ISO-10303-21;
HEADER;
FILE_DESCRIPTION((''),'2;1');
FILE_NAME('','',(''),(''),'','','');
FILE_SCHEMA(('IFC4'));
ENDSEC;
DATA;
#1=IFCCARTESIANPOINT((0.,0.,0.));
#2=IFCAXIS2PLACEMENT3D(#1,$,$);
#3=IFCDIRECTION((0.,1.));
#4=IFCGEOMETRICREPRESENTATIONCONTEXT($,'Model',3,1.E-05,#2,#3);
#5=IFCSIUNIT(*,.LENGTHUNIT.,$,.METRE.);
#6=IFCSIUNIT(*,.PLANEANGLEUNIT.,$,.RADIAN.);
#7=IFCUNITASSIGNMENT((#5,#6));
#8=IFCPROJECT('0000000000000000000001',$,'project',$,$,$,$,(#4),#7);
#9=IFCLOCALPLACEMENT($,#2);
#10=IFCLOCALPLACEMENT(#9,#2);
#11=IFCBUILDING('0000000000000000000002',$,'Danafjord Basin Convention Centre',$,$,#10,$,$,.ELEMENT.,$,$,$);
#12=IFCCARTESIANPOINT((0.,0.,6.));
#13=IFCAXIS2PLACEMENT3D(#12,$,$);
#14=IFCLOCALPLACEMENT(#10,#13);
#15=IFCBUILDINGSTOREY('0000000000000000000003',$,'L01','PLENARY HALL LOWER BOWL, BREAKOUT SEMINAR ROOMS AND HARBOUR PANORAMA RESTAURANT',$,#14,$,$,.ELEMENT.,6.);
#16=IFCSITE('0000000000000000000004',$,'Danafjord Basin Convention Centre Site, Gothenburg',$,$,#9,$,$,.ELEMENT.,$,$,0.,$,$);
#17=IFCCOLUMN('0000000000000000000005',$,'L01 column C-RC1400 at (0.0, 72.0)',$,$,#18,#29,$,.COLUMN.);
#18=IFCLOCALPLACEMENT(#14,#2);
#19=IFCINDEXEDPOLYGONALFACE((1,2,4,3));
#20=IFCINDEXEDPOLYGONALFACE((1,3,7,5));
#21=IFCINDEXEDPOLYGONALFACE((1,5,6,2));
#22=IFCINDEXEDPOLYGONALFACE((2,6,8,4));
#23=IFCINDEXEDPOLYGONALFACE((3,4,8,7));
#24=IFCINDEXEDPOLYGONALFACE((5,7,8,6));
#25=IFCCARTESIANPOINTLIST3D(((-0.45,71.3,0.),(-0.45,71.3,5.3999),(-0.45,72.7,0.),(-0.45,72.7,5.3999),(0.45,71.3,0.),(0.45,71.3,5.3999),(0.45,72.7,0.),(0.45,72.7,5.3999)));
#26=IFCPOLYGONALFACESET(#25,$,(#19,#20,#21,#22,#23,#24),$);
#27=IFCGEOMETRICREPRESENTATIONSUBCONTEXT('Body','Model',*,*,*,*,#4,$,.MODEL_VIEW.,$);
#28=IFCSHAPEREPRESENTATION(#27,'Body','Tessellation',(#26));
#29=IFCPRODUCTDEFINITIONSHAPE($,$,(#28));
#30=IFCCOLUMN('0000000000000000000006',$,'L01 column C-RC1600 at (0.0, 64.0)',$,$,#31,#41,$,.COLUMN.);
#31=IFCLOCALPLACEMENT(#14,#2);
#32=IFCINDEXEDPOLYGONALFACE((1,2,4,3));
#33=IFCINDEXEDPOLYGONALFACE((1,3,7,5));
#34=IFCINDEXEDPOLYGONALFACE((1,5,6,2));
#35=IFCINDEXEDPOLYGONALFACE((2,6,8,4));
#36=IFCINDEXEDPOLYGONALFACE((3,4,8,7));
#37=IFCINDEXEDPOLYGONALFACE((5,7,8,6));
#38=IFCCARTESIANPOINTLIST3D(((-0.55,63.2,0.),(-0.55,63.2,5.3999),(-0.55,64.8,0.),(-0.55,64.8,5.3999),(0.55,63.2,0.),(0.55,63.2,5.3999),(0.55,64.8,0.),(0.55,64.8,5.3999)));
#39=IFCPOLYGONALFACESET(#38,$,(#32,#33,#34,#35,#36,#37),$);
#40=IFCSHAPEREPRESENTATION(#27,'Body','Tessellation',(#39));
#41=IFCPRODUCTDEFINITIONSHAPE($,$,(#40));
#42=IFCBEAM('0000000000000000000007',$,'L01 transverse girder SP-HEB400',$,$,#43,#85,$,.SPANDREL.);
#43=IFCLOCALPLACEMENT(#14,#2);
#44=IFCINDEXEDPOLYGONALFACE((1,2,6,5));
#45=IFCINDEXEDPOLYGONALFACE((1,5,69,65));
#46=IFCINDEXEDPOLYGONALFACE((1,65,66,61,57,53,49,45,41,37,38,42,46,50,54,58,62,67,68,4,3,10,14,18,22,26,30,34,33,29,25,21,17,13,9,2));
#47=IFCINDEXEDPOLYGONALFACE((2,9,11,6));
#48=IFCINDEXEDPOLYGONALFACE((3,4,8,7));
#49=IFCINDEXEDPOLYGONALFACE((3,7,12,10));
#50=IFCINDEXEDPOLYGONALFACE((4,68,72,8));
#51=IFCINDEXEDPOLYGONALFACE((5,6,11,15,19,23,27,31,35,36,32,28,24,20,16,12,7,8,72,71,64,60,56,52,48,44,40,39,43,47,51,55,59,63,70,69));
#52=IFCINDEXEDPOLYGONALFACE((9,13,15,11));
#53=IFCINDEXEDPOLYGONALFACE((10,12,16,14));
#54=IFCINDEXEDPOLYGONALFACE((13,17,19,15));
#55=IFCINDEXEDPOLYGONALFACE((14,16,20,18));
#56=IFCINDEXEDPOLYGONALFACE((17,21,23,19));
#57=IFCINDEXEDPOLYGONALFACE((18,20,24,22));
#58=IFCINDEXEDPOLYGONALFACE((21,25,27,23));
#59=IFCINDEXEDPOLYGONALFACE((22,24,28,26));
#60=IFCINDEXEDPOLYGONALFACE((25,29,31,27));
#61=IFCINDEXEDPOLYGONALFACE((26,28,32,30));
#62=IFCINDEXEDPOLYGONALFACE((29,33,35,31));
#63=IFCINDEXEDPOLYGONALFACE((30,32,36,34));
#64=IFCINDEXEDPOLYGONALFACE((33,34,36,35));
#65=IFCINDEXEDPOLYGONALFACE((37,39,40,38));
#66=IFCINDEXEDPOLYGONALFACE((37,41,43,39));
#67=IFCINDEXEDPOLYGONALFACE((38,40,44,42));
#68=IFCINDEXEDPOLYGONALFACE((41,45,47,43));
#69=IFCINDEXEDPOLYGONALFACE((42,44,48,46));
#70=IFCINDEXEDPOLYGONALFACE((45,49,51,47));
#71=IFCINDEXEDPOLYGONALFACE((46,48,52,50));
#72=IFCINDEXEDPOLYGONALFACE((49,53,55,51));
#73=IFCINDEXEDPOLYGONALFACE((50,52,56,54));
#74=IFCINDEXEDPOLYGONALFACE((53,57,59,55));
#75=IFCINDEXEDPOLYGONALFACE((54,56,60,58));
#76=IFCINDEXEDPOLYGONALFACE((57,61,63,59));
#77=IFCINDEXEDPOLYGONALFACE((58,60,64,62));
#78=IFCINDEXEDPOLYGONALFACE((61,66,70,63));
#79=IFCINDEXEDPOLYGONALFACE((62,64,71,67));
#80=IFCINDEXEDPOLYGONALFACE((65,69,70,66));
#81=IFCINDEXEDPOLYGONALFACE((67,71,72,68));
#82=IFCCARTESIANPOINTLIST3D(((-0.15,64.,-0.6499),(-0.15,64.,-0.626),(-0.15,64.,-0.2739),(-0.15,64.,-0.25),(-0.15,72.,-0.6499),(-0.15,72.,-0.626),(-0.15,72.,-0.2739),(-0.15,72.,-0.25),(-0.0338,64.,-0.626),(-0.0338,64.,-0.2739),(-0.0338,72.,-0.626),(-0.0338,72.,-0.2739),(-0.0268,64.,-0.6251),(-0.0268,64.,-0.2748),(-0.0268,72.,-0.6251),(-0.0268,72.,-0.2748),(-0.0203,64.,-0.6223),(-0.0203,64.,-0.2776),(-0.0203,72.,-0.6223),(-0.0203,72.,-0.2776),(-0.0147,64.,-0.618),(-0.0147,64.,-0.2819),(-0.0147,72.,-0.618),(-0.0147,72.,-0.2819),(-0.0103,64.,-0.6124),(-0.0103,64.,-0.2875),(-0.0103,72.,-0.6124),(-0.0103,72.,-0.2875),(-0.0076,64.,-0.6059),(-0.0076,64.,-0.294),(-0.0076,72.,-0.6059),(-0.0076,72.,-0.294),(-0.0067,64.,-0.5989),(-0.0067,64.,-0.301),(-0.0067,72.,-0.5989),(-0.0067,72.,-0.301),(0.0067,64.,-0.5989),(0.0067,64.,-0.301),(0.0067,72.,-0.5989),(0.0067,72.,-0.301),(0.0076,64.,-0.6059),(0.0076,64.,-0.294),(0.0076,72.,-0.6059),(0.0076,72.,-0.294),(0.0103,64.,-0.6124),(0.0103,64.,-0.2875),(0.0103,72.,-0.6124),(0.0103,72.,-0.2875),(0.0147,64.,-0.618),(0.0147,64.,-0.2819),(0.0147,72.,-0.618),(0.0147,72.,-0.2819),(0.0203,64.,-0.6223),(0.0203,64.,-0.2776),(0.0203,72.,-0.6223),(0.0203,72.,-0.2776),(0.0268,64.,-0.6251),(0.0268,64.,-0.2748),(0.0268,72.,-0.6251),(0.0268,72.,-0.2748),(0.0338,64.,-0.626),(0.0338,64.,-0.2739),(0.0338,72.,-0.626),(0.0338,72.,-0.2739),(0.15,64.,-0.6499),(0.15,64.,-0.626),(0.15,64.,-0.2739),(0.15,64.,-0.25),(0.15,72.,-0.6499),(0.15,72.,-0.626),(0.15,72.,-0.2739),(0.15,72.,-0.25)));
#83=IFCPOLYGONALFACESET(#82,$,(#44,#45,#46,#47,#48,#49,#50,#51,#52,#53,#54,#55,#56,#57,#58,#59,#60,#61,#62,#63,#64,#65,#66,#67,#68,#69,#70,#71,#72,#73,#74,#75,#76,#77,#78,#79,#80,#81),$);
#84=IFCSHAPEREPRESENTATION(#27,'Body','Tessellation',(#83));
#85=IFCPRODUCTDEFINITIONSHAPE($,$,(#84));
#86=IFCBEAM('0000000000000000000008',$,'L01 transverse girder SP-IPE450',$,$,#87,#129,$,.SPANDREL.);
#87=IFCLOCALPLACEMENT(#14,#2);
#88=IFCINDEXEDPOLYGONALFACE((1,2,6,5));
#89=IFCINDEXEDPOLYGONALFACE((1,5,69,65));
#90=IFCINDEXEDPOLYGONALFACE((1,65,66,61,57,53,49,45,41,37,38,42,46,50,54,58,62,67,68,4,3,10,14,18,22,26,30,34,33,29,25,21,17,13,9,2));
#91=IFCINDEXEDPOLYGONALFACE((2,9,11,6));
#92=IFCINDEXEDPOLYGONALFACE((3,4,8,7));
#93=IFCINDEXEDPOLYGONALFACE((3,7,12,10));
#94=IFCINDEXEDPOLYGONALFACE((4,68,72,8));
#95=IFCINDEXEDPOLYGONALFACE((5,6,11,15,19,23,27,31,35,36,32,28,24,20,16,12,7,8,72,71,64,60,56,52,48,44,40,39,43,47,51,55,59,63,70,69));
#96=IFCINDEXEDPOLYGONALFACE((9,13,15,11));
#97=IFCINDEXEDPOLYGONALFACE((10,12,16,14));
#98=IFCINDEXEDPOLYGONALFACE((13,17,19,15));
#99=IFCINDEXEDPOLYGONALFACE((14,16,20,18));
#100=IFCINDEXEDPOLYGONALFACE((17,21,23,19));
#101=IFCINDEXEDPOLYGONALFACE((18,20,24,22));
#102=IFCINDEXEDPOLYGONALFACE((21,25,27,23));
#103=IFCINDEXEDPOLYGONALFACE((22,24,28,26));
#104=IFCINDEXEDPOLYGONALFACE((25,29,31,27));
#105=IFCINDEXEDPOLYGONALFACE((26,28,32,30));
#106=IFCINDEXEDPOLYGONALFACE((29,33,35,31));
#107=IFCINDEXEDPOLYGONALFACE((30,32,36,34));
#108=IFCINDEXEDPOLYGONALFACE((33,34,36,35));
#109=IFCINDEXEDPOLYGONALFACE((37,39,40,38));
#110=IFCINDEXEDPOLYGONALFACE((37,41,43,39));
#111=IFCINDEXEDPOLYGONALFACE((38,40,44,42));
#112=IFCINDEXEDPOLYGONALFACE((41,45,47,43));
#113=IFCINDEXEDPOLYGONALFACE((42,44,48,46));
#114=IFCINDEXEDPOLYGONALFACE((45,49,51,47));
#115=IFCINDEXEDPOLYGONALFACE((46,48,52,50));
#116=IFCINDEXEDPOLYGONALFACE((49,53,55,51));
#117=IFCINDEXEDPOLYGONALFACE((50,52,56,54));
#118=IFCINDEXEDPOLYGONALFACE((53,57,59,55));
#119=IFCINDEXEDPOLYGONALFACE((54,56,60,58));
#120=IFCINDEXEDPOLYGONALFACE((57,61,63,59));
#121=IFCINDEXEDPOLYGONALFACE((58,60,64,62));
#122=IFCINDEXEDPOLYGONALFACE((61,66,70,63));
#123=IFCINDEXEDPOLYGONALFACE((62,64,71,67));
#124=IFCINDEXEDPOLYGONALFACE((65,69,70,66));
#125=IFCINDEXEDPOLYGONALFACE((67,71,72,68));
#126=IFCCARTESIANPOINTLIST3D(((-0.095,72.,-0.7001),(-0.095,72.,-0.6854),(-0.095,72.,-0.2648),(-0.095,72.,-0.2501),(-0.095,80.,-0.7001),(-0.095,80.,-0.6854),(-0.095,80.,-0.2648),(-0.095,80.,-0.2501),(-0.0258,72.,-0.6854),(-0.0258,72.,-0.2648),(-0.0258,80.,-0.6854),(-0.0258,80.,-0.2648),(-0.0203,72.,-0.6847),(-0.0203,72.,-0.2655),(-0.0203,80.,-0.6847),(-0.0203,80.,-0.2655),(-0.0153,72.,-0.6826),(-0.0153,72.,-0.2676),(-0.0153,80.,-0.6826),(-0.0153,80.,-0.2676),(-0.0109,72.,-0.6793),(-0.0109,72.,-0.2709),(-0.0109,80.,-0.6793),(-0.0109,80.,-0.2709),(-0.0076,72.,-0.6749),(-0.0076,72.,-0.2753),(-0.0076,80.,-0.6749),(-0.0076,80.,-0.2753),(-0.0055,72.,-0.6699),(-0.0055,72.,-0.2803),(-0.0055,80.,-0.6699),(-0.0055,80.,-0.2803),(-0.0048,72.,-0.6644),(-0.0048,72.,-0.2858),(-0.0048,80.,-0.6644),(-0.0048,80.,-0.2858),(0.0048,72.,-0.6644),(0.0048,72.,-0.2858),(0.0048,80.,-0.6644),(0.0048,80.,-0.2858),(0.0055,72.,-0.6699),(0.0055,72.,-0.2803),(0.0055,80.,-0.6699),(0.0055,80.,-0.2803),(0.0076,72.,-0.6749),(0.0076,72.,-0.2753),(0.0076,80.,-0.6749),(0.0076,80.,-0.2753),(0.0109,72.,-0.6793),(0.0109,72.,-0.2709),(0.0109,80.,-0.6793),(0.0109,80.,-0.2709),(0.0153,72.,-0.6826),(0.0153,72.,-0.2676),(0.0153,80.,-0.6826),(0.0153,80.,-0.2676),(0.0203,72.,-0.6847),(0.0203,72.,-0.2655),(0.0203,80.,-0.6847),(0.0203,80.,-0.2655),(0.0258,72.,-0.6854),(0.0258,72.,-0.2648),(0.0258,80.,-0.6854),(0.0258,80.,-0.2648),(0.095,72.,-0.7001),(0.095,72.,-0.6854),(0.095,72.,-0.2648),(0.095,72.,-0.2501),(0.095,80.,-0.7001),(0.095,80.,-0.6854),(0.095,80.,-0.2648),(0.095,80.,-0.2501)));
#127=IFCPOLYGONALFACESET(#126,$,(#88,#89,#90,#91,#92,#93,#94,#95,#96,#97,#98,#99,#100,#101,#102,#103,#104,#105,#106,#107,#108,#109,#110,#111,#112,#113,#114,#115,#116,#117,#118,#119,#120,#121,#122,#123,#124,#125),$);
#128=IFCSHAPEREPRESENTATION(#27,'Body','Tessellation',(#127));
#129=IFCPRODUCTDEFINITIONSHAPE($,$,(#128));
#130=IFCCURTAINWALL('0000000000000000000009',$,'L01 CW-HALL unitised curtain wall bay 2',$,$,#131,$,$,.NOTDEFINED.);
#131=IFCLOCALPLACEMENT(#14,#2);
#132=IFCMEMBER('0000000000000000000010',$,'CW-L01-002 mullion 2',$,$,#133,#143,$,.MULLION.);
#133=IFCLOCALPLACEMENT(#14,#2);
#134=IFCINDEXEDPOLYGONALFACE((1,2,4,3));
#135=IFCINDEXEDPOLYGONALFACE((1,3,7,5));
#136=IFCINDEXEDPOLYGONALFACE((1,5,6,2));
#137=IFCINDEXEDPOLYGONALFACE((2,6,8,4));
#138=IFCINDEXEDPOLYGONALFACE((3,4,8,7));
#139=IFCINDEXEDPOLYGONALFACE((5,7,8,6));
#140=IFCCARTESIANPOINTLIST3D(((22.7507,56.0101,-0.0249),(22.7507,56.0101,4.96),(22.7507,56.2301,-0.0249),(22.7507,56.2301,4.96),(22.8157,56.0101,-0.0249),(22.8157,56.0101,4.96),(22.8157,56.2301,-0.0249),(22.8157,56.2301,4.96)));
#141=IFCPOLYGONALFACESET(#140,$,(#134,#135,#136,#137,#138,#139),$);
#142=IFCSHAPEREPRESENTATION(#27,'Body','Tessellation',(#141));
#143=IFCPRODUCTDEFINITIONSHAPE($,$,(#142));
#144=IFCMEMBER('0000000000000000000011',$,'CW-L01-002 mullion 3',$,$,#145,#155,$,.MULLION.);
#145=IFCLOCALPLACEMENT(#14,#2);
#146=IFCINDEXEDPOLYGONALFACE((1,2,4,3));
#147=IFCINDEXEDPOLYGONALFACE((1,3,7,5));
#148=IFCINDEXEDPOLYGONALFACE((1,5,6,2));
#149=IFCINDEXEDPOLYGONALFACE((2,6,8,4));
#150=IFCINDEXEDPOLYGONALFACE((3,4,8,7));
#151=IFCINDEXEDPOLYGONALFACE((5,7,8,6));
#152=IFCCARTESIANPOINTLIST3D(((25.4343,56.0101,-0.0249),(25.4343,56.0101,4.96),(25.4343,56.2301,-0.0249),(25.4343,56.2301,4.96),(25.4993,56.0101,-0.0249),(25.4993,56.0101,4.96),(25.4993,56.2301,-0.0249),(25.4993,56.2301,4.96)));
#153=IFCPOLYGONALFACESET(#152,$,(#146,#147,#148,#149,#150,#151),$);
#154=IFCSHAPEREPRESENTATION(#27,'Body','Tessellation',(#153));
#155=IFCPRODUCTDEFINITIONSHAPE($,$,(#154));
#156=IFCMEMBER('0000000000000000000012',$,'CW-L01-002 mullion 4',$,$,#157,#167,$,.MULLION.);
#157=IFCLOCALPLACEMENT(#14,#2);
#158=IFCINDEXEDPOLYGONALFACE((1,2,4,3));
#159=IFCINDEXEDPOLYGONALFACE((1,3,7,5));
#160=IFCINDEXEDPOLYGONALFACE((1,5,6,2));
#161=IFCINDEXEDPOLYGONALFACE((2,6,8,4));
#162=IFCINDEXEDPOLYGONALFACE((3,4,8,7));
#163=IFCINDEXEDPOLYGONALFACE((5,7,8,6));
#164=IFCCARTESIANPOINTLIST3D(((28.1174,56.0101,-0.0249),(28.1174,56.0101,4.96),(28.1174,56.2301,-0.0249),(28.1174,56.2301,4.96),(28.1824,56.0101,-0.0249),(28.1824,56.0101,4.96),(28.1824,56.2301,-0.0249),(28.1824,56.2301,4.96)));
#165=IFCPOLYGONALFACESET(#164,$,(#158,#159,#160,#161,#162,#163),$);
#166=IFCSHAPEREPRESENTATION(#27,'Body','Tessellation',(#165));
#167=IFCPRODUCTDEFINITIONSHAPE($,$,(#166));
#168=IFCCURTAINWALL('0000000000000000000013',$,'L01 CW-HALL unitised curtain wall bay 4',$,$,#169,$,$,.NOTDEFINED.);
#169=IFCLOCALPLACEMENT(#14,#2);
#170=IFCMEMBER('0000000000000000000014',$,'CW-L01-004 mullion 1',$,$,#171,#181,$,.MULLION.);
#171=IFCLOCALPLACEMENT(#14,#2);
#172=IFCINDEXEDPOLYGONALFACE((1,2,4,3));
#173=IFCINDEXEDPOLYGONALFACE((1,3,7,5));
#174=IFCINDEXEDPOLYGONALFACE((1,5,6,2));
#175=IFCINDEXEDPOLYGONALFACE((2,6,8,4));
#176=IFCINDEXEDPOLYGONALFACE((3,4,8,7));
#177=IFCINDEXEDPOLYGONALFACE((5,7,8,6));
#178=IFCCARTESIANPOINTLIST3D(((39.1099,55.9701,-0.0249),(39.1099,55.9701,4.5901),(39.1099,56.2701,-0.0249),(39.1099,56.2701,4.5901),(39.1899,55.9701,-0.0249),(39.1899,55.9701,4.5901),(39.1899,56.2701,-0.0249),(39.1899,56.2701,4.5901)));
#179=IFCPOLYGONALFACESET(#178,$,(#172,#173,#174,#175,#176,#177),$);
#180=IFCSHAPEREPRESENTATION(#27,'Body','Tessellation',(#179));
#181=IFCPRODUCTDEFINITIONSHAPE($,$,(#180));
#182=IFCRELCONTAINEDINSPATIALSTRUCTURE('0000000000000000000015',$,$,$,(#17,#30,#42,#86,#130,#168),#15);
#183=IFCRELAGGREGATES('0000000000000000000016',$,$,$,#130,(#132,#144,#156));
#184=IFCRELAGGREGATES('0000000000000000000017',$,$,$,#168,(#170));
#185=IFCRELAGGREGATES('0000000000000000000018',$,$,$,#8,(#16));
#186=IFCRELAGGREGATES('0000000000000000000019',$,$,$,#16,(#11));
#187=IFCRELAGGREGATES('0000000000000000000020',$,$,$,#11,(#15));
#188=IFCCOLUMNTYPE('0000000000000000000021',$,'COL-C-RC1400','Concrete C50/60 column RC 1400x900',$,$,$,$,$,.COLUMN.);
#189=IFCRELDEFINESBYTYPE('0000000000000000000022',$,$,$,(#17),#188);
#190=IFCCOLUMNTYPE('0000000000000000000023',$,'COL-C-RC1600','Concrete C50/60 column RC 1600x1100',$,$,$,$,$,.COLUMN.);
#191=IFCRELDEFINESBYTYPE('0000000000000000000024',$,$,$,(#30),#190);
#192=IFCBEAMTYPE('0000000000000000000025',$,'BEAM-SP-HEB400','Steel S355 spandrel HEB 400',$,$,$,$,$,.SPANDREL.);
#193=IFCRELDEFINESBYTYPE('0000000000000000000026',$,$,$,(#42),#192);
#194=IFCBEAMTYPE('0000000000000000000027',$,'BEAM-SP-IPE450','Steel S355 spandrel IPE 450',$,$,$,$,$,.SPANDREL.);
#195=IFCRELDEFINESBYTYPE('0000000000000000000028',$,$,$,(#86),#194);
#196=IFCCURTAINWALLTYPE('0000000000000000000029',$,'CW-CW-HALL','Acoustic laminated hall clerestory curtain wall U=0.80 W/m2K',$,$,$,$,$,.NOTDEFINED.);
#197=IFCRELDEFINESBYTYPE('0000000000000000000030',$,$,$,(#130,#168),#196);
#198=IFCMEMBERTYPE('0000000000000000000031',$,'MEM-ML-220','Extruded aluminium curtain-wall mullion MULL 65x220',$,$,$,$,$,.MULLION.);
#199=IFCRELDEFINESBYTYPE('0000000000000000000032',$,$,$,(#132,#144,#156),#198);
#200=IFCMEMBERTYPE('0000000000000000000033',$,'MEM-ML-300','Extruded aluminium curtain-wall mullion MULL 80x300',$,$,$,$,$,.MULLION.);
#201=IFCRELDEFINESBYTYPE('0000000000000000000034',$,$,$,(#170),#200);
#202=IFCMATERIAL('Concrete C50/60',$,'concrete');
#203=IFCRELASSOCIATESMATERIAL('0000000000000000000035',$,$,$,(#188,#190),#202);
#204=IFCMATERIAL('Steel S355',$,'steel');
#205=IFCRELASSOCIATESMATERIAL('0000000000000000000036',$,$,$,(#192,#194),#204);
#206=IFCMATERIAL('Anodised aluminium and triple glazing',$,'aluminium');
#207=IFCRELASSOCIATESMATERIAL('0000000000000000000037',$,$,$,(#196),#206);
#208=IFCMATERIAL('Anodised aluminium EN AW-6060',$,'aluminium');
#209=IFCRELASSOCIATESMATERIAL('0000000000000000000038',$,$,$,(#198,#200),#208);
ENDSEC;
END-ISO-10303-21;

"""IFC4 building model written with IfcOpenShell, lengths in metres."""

from ifc_helpers import new_model, si_unit, direction, frame, origin, origin_2d, place, context, subcontext, project, spatial, rectangle, i_section, extrude, material, material_profile, profile_set, type_object, element, aggregate, save


model = new_model("IFC4")

# Units and contexts
model_context = context("Model", 3, precision=1e-05, world=origin(), true_north=direction((0.0, 1.0)))
body_context = subcontext(model_context, "Body", "Model", "MODEL_VIEW")
ifc_project = project(units=[si_unit("LENGTHUNIT", "METRE"), si_unit("PLANEANGLEUNIT", "RADIAN")], contexts=[model_context])

# Site, building, storey
site_placement = place(None, origin())
site = spatial("IfcSite", under=ifc_project, at=site_placement, Name="Danafjord Basin Convention Centre Site, Gothenburg", CompositionType="ELEMENT", RefElevation=0.0)
building_placement = place(site_placement, origin())
building = spatial("IfcBuilding", under=site, at=building_placement, Name="Danafjord Basin Convention Centre", CompositionType="ELEMENT")
storey_placement = place(building_placement, frame((0.0, 0.0, 6.0)))
storey = spatial("IfcBuildingStorey", under=building, at=storey_placement, Name="L01", Description="PLENARY HALL LOWER BOWL, BREAKOUT SEMINAR ROOMS AND HARBOUR PANORAMA RESTAURANT", CompositionType="ELEMENT", Elevation=6.0)

# Columns
ifc_material_1 = material(Name="Concrete C50/60", Category="concrete")
ifc_material_profile_1 = material_profile(ifc_material_1, rectangle(XDim=0.8999, YDim=1.3999, at=origin_2d()), Name="RC 1400x900")
ifc_profile_set_1 = profile_set([ifc_material_profile_1], Name="Concrete C50/60")
column_type_1 = type_object("IfcColumnType", Name="COL-C-RC1400", Description="Concrete C50/60 column RC 1400x900", PredefinedType="COLUMN", material=ifc_profile_set_1)
column_1_placement = place(storey_placement, frame((0.0, 72.0, 0.0), z_axis=(0.0, 0.0, 1.0), x_axis=(1.0, 0.0, 0.0)))
element("IfcColumn", 1, at=column_1_placement, inside=storey, type_object=column_type_1, Name="L01 column C-RC1400 at (0.0, 72.0)", PredefinedType="COLUMN", context=body_context, shape_type="SweptSolid", body=[
    extrude(rectangle(XDim=0.8999, YDim=1.3999, at=origin_2d()), origin(), (0.0, 0.0, 1.0), 5.3999),
])
ifc_material_profile_2 = material_profile(ifc_material_1, rectangle(XDim=1.1001, YDim=1.6001, at=origin_2d()), Name="RC 1600x1100")
ifc_profile_set_2 = profile_set([ifc_material_profile_2], Name="Concrete C50/60")
column_type_2 = type_object("IfcColumnType", Name="COL-C-RC1600", Description="Concrete C50/60 column RC 1600x1100", PredefinedType="COLUMN", material=ifc_profile_set_2)
column_2_placement = place(storey_placement, frame((0.0, 64.0, 0.0), z_axis=(0.0, 0.0, 1.0), x_axis=(1.0, 0.0, 0.0)))
element("IfcColumn", 2, at=column_2_placement, inside=storey, type_object=column_type_2, Name="L01 column C-RC1600 at (0.0, 64.0)", PredefinedType="COLUMN", context=body_context, shape_type="SweptSolid", body=[
    extrude(rectangle(XDim=1.1001, YDim=1.6001, at=origin_2d()), origin(), (0.0, 0.0, 1.0), 5.3999),
])

# Beams
ifc_material_2 = material(Name="Steel S355", Category="steel")
ifc_material_profile_3 = material_profile(ifc_material_2, i_section(OverallWidth=0.3, OverallDepth=0.3999, WebThickness=0.0134, FlangeThickness=0.0239, FilletRadius=0.0271, at=origin_2d()), Name="HEB 400")
ifc_profile_set_3 = profile_set([ifc_material_profile_3], Name="Steel S355")
beam_type_1 = type_object("IfcBeamType", Name="BEAM-SP-HEB400", Description="Steel S355 spandrel HEB 400", PredefinedType="SPANDREL", material=ifc_profile_set_3)
beam_1_placement = place(storey_placement, frame((0.0, 64.0, -0.45), z_axis=(0.0, 1.0, 0.0), x_axis=(-1.0, 0.0, 0.0)))
element("IfcBeam", 3, at=beam_1_placement, inside=storey, type_object=beam_type_1, Name="L01 transverse girder SP-HEB400", PredefinedType="SPANDREL", context=body_context, shape_type="SweptSolid", body=[
    extrude(i_section(OverallWidth=0.3, OverallDepth=0.3999, WebThickness=0.0134, FlangeThickness=0.0239, FilletRadius=0.0271, at=origin_2d()), origin(), (0.0, 0.0, 1.0), 8.0),
])
ifc_material_profile_4 = material_profile(ifc_material_2, i_section(OverallWidth=0.1899, OverallDepth=0.45, WebThickness=0.0095, FlangeThickness=0.0146, FilletRadius=0.021, at=origin_2d()), Name="IPE 450")
ifc_profile_set_4 = profile_set([ifc_material_profile_4], Name="Steel S355")
beam_type_2 = type_object("IfcBeamType", Name="BEAM-SP-IPE450", Description="Steel S355 spandrel IPE 450", PredefinedType="SPANDREL", material=ifc_profile_set_4)
beam_2_placement = place(storey_placement, frame((0.0, 72.0, -0.4751), z_axis=(0.0, 1.0, 0.0), x_axis=(-1.0, 0.0, 0.0)))
element("IfcBeam", 4, at=beam_2_placement, inside=storey, type_object=beam_type_2, Name="L01 transverse girder SP-IPE450", PredefinedType="SPANDREL", context=body_context, shape_type="SweptSolid", body=[
    extrude(i_section(OverallWidth=0.1899, OverallDepth=0.45, WebThickness=0.0095, FlangeThickness=0.0146, FilletRadius=0.021, at=origin_2d()), origin(), (0.0, 0.0, 1.0), 8.0),
])

# Curtain walls, members
ifc_material_3 = material(Name="Anodised aluminium and triple glazing", Category="aluminium")
curtain_wall_type = type_object("IfcCurtainWallType", Name="CW-CW-HALL", Description="Acoustic laminated hall clerestory curtain wall U=0.80 W/m2K", PredefinedType="NOTDEFINED", material=ifc_material_3)
curtain_wall_1_placement = place(storey_placement, origin())
curtain_wall_1 = element("IfcCurtainWall", 5, at=curtain_wall_1_placement, inside=storey, type_object=curtain_wall_type, Name="L01 CW-HALL unitised curtain wall bay 2", PredefinedType="NOTDEFINED")
ifc_material_4 = material(Name="Anodised aluminium EN AW-6060", Category="aluminium")
ifc_material_profile_5 = material_profile(ifc_material_4, rectangle(XDim=0.0649, YDim=0.22, at=origin_2d()), Name="MULL 65x220")
ifc_profile_set_5 = profile_set([ifc_material_profile_5], Name="Anodised aluminium EN AW-6060")
member_type_1 = type_object("IfcMemberType", Name="MEM-ML-220", Description="Extruded aluminium curtain-wall mullion MULL 65x220", PredefinedType="MULLION", material=ifc_profile_set_5)
member_1_placement = place(storey_placement, frame((22.7832, 56.1201, -0.0249), z_axis=(0.0, 0.0, 1.0), x_axis=(1.0, 0.0, 0.0)))
member_1 = element("IfcMember", 6, at=member_1_placement, type_object=member_type_1, Name="CW-L01-002 mullion 2", PredefinedType="MULLION", context=body_context, shape_type="SweptSolid", body=[
    extrude(rectangle(XDim=0.0649, YDim=0.22, at=origin_2d()), origin(), (0.0, 0.0, 1.0), 4.9849),
])
member_2_placement = place(storey_placement, frame((25.4668, 56.1201, -0.0249), z_axis=(0.0, 0.0, 1.0), x_axis=(1.0, 0.0, 0.0)))
member_2 = element("IfcMember", 7, at=member_2_placement, type_object=member_type_1, Name="CW-L01-002 mullion 3", PredefinedType="MULLION", context=body_context, shape_type="SweptSolid", body=[
    extrude(rectangle(XDim=0.0649, YDim=0.22, at=origin_2d()), origin(), (0.0, 0.0, 1.0), 4.9849),
])
member_3_placement = place(storey_placement, frame((28.1499, 56.1201, -0.0249), z_axis=(0.0, 0.0, 1.0), x_axis=(1.0, 0.0, 0.0)))
member_3 = element("IfcMember", 8, at=member_3_placement, type_object=member_type_1, Name="CW-L01-002 mullion 4", PredefinedType="MULLION", context=body_context, shape_type="SweptSolid", body=[
    extrude(rectangle(XDim=0.0649, YDim=0.22, at=origin_2d()), origin(), (0.0, 0.0, 1.0), 4.9849),
])
curtain_wall_2_placement = place(storey_placement, origin())
curtain_wall_2 = element("IfcCurtainWall", 9, at=curtain_wall_2_placement, inside=storey, type_object=curtain_wall_type, Name="L01 CW-HALL unitised curtain wall bay 4", PredefinedType="NOTDEFINED")
ifc_material_profile_6 = material_profile(ifc_material_4, rectangle(XDim=0.0801, YDim=0.3, at=origin_2d()), Name="MULL 80x300")
ifc_profile_set_6 = profile_set([ifc_material_profile_6], Name="Anodised aluminium EN AW-6060")
member_type_2 = type_object("IfcMemberType", Name="MEM-ML-300", Description="Extruded aluminium curtain-wall mullion MULL 80x300", PredefinedType="MULLION", material=ifc_profile_set_6)
member_4_placement = place(storey_placement, frame((39.1499, 56.1201, -0.0249), z_axis=(0.0, 0.0, 1.0), x_axis=(1.0, 0.0, 0.0)))
member_4 = element("IfcMember", 10, at=member_4_placement, type_object=member_type_2, Name="CW-L01-004 mullion 1", PredefinedType="MULLION", context=body_context, shape_type="SweptSolid", body=[
    extrude(rectangle(XDim=0.0801, YDim=0.3, at=origin_2d()), origin(), (0.0, 0.0, 1.0), 4.615),
])

aggregate(curtain_wall_1, [member_1, member_2, member_3])
aggregate(curtain_wall_2, [member_4])

save(model, "model.ifc")
